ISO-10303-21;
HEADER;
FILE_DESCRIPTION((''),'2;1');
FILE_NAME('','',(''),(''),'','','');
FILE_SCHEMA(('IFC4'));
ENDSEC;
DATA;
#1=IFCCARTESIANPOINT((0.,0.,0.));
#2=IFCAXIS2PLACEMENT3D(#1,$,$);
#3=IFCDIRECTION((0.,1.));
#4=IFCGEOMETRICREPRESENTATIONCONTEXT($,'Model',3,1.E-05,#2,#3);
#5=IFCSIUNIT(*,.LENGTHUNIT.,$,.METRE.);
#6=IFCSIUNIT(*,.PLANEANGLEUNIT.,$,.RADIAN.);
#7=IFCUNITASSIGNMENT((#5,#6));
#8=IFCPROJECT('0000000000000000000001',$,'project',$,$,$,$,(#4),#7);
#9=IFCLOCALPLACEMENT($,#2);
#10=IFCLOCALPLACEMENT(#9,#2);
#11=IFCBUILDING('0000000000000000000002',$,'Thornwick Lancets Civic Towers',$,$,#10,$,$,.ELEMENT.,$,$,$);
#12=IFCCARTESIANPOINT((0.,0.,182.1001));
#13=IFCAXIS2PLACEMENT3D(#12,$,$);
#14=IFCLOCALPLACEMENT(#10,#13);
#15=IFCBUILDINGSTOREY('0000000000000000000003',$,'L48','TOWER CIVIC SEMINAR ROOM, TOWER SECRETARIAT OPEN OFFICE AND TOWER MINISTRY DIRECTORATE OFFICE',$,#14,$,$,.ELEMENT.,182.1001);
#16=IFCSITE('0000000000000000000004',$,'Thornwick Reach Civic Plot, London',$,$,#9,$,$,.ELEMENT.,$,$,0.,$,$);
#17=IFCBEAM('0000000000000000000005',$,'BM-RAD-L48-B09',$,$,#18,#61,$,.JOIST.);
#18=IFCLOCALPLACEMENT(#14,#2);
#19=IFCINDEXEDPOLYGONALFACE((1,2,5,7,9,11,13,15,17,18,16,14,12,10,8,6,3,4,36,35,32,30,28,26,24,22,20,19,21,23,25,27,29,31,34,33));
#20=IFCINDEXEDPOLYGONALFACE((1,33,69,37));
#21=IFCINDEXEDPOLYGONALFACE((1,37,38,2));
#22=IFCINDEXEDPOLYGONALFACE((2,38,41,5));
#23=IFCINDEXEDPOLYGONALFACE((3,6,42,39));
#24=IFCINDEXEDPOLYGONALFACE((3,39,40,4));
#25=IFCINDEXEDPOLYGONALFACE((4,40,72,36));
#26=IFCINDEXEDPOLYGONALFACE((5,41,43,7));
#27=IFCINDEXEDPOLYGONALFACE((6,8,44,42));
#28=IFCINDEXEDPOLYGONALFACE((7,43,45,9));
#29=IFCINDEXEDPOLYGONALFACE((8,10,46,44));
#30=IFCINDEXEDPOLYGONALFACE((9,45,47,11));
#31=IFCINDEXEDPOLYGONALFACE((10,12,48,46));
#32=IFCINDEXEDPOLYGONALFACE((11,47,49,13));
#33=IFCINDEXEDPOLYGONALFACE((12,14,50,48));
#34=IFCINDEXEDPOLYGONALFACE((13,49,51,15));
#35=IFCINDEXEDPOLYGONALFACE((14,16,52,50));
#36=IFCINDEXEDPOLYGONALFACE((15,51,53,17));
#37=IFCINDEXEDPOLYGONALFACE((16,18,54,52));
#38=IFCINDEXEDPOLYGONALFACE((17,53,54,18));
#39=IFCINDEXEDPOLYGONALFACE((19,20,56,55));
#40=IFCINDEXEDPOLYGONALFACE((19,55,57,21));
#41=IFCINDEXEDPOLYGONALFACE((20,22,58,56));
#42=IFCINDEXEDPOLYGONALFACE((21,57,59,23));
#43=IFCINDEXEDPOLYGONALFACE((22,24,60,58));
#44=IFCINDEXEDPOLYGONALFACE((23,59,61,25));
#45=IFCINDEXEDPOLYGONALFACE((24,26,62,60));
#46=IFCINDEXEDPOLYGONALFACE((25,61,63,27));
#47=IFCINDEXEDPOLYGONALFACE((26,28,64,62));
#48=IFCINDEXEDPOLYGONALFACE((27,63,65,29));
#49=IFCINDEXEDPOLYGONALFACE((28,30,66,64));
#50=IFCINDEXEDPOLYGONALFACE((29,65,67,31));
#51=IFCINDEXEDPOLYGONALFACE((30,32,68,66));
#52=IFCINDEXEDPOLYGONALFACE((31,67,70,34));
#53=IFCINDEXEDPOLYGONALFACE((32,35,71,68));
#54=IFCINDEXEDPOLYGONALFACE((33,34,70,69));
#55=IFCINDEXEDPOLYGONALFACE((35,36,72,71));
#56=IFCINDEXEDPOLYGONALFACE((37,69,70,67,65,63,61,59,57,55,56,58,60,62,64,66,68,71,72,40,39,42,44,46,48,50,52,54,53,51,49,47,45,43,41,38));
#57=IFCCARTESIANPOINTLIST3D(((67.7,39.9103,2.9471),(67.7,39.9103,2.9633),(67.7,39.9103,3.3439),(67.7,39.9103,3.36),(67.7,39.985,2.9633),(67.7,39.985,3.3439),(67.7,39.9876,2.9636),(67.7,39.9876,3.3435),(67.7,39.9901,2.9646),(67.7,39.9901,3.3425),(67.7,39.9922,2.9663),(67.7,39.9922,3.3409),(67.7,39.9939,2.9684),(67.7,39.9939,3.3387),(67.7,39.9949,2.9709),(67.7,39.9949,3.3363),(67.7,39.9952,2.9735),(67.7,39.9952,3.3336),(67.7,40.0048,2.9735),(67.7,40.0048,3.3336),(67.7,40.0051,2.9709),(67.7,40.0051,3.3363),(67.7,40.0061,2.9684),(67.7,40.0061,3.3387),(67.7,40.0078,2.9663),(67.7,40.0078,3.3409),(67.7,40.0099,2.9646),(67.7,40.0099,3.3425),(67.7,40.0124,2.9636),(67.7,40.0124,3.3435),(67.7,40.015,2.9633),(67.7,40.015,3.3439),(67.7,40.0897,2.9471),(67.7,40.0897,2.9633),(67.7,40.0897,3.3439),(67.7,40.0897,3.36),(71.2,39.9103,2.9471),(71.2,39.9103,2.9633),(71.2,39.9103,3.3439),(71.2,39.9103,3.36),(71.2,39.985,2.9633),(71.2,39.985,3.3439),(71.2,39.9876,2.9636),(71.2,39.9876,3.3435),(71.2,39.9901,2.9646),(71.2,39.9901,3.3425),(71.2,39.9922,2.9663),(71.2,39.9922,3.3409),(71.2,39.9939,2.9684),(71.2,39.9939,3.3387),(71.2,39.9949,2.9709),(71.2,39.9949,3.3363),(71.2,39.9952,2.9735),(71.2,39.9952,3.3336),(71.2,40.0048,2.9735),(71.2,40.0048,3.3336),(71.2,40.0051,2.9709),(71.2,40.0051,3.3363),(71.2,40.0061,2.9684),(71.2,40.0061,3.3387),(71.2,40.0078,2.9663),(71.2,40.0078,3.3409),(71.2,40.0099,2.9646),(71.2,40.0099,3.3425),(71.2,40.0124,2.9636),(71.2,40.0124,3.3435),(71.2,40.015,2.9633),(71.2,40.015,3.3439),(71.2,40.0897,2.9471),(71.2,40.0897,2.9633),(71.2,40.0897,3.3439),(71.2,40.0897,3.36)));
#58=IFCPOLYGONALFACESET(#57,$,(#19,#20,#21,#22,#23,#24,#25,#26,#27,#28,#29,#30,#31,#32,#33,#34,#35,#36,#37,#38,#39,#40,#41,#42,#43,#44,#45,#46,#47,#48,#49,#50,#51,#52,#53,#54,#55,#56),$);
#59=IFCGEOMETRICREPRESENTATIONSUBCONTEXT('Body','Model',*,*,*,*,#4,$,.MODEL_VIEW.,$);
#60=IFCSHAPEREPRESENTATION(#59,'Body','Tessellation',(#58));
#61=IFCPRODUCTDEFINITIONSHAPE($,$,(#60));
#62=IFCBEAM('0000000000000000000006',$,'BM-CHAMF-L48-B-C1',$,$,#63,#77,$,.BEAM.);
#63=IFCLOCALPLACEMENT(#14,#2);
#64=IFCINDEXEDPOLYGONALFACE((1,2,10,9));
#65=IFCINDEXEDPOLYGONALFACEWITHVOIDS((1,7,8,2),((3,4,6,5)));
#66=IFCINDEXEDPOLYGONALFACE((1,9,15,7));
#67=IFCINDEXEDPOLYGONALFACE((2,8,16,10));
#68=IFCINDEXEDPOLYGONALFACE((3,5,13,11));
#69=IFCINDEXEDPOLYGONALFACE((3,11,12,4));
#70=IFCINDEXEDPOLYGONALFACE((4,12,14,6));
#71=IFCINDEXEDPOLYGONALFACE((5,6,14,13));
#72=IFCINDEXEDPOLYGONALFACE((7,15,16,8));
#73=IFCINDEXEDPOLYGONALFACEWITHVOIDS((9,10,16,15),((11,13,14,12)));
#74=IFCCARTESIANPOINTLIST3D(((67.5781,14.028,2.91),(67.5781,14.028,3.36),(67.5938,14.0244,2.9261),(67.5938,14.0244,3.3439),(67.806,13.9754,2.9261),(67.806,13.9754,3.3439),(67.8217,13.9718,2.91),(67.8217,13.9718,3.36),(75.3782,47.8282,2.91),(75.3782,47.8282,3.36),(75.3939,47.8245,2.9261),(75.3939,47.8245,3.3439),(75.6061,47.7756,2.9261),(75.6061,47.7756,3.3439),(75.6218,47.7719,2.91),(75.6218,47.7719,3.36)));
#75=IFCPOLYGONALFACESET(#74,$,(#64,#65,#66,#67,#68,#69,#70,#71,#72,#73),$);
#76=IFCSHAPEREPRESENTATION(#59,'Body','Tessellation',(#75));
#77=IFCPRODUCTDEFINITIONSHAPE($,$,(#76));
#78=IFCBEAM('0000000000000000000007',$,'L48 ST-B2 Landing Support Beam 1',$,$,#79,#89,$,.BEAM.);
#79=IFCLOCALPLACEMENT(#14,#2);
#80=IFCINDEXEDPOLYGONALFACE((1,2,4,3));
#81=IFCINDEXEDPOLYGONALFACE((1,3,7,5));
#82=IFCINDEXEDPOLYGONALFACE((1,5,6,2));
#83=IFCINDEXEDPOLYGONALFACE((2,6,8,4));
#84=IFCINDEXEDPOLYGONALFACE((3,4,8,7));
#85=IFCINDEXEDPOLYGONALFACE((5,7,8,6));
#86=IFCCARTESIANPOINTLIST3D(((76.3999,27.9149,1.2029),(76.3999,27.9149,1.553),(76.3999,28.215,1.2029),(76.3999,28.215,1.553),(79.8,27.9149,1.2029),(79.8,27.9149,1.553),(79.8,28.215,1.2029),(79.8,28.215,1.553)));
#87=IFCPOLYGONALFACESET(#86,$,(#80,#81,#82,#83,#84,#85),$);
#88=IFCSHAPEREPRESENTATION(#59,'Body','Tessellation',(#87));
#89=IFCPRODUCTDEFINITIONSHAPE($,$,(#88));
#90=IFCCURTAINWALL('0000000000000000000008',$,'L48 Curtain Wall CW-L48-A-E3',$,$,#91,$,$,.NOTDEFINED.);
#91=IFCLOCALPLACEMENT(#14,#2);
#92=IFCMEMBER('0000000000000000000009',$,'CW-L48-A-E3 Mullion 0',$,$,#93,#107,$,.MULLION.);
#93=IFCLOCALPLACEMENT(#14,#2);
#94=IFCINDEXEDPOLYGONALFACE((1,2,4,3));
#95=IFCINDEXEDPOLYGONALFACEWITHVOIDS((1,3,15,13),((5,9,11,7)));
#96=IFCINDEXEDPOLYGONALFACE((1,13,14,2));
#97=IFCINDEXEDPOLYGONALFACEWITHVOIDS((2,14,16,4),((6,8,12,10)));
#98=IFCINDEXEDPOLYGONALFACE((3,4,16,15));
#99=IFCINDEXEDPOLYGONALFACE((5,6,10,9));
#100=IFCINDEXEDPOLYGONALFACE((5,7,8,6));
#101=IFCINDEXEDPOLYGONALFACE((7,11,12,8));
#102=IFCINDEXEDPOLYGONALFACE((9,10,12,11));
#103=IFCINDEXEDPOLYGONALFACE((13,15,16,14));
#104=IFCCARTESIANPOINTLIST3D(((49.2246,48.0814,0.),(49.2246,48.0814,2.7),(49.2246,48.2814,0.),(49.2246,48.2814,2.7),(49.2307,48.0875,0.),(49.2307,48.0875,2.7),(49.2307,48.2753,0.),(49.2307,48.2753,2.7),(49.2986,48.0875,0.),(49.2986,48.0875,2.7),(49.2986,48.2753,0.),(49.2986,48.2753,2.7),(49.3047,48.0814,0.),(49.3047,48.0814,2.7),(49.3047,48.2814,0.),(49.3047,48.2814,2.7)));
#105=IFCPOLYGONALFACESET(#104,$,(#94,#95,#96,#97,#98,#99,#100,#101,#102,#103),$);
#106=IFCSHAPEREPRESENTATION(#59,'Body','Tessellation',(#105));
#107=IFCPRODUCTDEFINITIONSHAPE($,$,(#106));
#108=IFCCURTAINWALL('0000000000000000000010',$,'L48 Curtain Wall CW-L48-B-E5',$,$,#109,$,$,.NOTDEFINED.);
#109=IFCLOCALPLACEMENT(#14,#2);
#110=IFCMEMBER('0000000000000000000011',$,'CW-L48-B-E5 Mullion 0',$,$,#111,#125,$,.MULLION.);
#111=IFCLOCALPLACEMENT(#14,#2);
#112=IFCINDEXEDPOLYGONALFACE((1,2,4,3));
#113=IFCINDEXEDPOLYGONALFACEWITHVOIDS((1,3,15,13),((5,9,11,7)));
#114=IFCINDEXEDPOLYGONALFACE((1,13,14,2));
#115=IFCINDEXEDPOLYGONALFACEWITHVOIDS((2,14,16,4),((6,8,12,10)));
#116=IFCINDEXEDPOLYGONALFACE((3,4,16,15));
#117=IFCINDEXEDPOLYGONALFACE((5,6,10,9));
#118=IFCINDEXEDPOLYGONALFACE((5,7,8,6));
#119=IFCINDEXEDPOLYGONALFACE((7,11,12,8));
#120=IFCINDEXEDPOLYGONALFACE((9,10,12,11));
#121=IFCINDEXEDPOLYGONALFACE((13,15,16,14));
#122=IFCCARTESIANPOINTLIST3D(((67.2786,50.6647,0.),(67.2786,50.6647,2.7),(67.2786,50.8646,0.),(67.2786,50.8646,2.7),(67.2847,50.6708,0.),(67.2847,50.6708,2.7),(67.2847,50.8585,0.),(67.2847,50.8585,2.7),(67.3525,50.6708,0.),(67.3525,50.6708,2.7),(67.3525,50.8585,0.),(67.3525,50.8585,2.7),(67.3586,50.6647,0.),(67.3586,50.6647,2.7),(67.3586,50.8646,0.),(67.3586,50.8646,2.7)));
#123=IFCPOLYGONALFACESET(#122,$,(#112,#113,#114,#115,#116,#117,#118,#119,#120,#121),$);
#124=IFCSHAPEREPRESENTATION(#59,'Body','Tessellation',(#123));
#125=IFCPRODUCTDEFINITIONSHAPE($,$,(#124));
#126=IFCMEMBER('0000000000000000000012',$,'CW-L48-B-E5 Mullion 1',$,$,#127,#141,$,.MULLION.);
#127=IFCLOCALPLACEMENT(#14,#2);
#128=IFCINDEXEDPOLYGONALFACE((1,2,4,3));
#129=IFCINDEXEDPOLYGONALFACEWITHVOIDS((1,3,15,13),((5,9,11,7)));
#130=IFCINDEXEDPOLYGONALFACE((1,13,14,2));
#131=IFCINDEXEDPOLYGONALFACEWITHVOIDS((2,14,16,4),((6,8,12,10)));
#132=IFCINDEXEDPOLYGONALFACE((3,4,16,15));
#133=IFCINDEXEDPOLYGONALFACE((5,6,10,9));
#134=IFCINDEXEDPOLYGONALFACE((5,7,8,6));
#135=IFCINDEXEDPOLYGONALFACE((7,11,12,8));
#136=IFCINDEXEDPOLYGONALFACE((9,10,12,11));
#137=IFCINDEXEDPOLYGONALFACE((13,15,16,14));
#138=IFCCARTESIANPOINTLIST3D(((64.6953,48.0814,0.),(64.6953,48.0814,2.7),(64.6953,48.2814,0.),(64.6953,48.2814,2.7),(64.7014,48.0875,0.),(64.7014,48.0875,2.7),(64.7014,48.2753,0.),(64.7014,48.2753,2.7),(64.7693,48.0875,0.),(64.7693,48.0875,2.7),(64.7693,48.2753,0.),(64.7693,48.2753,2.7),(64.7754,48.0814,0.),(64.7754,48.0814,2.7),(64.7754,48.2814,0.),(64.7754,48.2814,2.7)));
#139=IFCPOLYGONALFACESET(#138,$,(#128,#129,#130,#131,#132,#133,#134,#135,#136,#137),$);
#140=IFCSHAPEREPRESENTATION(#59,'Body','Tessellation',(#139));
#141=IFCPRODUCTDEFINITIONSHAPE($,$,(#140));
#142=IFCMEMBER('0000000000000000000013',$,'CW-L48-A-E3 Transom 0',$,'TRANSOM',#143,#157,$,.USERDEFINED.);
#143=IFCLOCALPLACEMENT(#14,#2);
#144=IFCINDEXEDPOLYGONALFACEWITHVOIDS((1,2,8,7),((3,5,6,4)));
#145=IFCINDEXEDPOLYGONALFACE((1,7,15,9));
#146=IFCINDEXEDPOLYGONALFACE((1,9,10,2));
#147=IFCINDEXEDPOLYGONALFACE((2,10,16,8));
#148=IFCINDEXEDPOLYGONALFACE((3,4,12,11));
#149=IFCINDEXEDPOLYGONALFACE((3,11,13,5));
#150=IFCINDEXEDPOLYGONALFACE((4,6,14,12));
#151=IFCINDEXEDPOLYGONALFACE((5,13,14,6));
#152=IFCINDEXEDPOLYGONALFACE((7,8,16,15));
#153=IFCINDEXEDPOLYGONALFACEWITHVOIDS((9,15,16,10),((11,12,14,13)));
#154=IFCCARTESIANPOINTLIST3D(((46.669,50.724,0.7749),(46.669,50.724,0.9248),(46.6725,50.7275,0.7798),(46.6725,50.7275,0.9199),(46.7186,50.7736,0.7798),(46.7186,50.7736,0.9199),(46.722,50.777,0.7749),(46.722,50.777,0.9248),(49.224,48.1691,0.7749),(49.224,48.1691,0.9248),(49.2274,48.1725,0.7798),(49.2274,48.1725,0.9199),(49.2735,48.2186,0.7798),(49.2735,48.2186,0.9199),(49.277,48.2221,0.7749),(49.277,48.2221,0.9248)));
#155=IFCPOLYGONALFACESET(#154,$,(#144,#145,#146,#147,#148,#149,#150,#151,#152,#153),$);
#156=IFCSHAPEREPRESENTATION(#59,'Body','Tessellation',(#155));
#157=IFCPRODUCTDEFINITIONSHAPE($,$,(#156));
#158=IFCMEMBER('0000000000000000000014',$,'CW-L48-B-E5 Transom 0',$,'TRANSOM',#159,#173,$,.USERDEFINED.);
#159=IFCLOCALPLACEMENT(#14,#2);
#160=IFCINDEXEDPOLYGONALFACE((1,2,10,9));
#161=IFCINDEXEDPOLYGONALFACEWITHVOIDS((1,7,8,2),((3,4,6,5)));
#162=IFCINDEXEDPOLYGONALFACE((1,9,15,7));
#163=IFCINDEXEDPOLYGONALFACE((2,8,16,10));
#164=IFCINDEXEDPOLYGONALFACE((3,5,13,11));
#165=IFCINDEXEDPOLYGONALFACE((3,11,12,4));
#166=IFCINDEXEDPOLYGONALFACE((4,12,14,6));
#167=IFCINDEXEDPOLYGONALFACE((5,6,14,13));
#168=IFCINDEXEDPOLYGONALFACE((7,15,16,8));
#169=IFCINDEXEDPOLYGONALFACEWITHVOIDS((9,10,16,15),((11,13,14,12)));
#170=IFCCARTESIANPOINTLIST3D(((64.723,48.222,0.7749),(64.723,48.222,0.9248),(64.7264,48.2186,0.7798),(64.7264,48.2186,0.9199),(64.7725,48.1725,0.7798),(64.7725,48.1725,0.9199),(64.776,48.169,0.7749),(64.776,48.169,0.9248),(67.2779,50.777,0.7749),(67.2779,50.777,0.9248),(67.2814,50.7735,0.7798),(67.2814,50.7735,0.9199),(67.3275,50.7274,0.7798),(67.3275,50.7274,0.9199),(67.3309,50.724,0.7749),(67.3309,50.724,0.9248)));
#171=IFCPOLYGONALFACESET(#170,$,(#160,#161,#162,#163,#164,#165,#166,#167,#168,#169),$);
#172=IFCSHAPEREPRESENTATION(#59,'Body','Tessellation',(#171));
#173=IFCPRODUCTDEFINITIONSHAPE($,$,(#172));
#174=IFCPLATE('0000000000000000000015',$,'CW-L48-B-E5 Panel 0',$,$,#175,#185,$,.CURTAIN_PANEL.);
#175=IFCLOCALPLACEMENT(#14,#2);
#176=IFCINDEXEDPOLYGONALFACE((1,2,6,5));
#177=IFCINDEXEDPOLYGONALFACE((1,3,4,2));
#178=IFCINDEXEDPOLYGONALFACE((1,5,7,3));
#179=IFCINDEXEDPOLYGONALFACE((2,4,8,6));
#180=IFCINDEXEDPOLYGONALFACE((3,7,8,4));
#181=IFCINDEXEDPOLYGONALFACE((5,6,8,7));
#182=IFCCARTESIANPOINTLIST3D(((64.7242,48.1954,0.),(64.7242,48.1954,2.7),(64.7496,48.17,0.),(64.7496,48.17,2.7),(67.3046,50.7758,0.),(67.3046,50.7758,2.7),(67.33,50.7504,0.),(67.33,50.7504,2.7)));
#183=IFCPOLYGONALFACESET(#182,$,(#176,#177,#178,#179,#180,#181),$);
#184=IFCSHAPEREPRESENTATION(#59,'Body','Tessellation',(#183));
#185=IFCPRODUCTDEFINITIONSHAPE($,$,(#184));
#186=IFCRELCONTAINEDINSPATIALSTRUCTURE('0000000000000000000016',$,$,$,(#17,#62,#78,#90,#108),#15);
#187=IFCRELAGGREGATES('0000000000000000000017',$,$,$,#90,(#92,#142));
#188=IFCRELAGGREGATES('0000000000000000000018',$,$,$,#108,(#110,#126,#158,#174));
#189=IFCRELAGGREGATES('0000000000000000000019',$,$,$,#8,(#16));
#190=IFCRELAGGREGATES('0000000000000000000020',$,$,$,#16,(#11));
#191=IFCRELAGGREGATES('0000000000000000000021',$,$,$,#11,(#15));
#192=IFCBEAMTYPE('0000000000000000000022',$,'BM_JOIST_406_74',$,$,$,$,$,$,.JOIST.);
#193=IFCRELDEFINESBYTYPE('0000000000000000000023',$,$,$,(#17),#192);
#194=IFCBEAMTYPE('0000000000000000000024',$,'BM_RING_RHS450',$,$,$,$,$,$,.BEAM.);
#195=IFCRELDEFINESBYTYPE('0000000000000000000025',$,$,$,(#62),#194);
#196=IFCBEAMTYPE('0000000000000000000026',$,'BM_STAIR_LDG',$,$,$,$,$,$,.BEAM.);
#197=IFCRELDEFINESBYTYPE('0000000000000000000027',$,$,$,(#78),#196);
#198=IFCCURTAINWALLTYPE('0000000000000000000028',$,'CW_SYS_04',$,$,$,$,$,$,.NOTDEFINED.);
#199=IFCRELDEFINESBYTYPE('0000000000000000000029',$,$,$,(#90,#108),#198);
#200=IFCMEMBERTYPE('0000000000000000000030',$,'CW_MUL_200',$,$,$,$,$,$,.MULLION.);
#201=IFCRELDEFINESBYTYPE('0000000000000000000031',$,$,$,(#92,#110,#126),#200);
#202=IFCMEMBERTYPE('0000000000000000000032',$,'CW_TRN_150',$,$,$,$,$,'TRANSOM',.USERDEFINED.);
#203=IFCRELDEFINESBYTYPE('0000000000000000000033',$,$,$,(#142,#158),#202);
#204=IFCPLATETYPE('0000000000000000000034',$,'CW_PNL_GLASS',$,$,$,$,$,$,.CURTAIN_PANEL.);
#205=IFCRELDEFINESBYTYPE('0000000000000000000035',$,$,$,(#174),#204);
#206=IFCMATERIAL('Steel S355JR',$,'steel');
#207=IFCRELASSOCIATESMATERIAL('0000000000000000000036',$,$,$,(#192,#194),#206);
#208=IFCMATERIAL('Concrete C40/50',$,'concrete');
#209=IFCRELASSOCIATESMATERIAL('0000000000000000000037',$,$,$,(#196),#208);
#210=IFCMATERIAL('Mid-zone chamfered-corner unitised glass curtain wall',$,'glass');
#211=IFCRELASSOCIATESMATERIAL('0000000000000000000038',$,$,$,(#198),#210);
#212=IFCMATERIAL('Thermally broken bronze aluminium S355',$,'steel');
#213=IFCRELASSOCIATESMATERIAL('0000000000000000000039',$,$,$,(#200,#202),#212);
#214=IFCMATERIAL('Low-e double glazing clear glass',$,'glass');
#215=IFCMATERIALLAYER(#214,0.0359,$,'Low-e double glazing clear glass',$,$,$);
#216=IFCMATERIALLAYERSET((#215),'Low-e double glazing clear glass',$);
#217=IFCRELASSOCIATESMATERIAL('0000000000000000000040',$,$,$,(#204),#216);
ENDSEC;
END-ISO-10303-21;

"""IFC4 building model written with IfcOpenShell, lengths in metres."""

from ifc_helpers import new_model, si_unit, direction, frame, origin, origin_2d, place, context, subcontext, project, spatial, rectangle, hollow_rectangle, i_section, extrude, material, layer, layer_set, material_profile, profile_set, type_object, element, aggregate, save


model = new_model("IFC4")

# Units and contexts
model_context = context("Model", 3, precision=1e-05, world=origin(), true_north=direction((0.0, 1.0)))
body_context = subcontext(model_context, "Body", "Model", "MODEL_VIEW")
ifc_project = project(units=[si_unit("LENGTHUNIT", "METRE"), si_unit("PLANEANGLEUNIT", "RADIAN")], contexts=[model_context])

# Site, building, storey
site_placement = place(None, origin())
site = spatial("IfcSite", under=ifc_project, at=site_placement, Name="Thornwick Reach Civic Plot, London", CompositionType="ELEMENT", RefElevation=0.0)
building_placement = place(site_placement, origin())
building = spatial("IfcBuilding", under=site, at=building_placement, Name="Thornwick Lancets Civic Towers", CompositionType="ELEMENT")
storey_placement = place(building_placement, frame((0.0, 0.0, 182.1001)))
storey = spatial("IfcBuildingStorey", under=building, at=storey_placement, Name="L48", Description="TOWER CIVIC SEMINAR ROOM, TOWER SECRETARIAT OPEN OFFICE AND TOWER MINISTRY DIRECTORATE OFFICE", CompositionType="ELEMENT", Elevation=182.1001)

# Beams
ifc_material_1 = material(Name="Steel S355JR", Category="steel")
ifc_material_profile_1 = material_profile(ifc_material_1, i_section(OverallWidth=0.1794, OverallDepth=0.4128, WebThickness=0.0095, FlangeThickness=0.0161, FilletRadius=0.0103, at=origin_2d()), Name="UKB 406x178x74")
ifc_profile_set_1 = profile_set([ifc_material_profile_1], Name="Steel S355JR")
beam_type_1 = type_object("IfcBeamType", Name="BM_JOIST_406_74", PredefinedType="JOIST", material=ifc_profile_set_1)
for number, where, z_axis, x_axis, name in (
    (1, (71.2, 40.0, 3.1536), (-1.0, 0.0, 0.0), (0.0, -1.0, 0.0), "BM-RAD-L48-B09"),
):
    element("IfcBeam", number, at=place(storey_placement, frame(where, z_axis=z_axis, x_axis=x_axis)), inside=storey, type_object=beam_type_1, Name=name, PredefinedType="JOIST", context=body_context, shape_type="SweptSolid", body=[
        extrude(i_section(OverallWidth=0.1794, OverallDepth=0.4128, WebThickness=0.0095, FlangeThickness=0.0161, FilletRadius=0.0103, at=origin_2d()), origin(), (0.0, 0.0, 1.0), 3.5),
    ])
ifc_material_profile_2 = material_profile(ifc_material_1, hollow_rectangle(XDim=0.25, YDim=0.45, WallThickness=0.0161, at=origin_2d()), Name="RHS 450x250x16")
ifc_profile_set_2 = profile_set([ifc_material_profile_2], Name="Steel S355JR")
beam_type_2 = type_object("IfcBeamType", Name="BM_RING_RHS450", PredefinedType="BEAM", material=ifc_profile_set_2)
beam_1_placement = place(storey_placement, frame((75.5, 47.8, 3.135), z_axis=(-0.224861, -0.974391, 0.0), x_axis=(0.974391, -0.224861, 0.0)))
element("IfcBeam", 2, at=beam_1_placement, inside=storey, type_object=beam_type_2, Name="BM-CHAMF-L48-B-C1", PredefinedType="BEAM", context=body_context, shape_type="SweptSolid", body=[
    extrude(hollow_rectangle(XDim=0.25, YDim=0.45, WallThickness=0.0161, at=origin_2d()), origin(), (0.0, 0.0, 1.0), 34.6885),
])
ifc_material_2 = material(Name="Concrete C40/50", Category="concrete")
ifc_material_profile_3 = material_profile(ifc_material_2, rectangle(XDim=0.3, YDim=0.3501, at=origin_2d()), Name="RC 300x350")
ifc_profile_set_3 = profile_set([ifc_material_profile_3], Name="Concrete C40/50")
beam_type_3 = type_object("IfcBeamType", Name="BM_STAIR_LDG", PredefinedType="BEAM", material=ifc_profile_set_3)
beam_2_placement = place(storey_placement, frame((76.3999, 28.0649, 1.3779), z_axis=(1.0, 0.0, 0.0), x_axis=(0.0, 1.0, 0.0)))
element("IfcBeam", 3, at=beam_2_placement, inside=storey, type_object=beam_type_3, Name="L48 ST-B2 Landing Support Beam 1", PredefinedType="BEAM", context=body_context, shape_type="SweptSolid", body=[
    extrude(rectangle(XDim=0.3, YDim=0.3501, at=origin_2d()), origin(), (0.0, 0.0, 1.0), 3.4001),
])

# Curtain wall, member
ifc_material_3 = material(Name="Mid-zone chamfered-corner unitised glass curtain wall", Category="glass")
curtain_wall_type = type_object("IfcCurtainWallType", Name="CW_SYS_04", PredefinedType="NOTDEFINED", material=ifc_material_3)
curtain_wall_1_placement = place(storey_placement, origin())
curtain_wall_1 = element("IfcCurtainWall", 4, at=curtain_wall_1_placement, inside=storey, type_object=curtain_wall_type, Name="L48 Curtain Wall CW-L48-A-E3", PredefinedType="NOTDEFINED")
ifc_material_4 = material(Name="Thermally broken bronze aluminium S355", Category="steel")
ifc_material_profile_4 = material_profile(ifc_material_4, hollow_rectangle(XDim=0.0801, YDim=0.2, WallThickness=0.0061, at=origin_2d()), Name="RHS 200x80x6")
ifc_profile_set_4 = profile_set([ifc_material_profile_4], Name="Thermally broken bronze aluminium S355")
member_type_1 = type_object("IfcMemberType", Name="CW_MUL_200", PredefinedType="MULLION", material=ifc_profile_set_4)
member_1_placement = place(storey_placement, frame((49.2646, 48.1814, 0.0), z_axis=(0.0, 0.0, 1.0), x_axis=(1.0, 0.0, 0.0)))
member_1 = element("IfcMember", 5, at=member_1_placement, type_object=member_type_1, Name="CW-L48-A-E3 Mullion 0", PredefinedType="MULLION", context=body_context, shape_type="SweptSolid", body=[
    extrude(hollow_rectangle(XDim=0.0801, YDim=0.2, WallThickness=0.0061, at=origin_2d()), origin(), (0.0, 0.0, 1.0), 2.7),
])

# Curtain wall, members
curtain_wall_2_placement = place(storey_placement, origin())
curtain_wall_2 = element("IfcCurtainWall", 6, at=curtain_wall_2_placement, inside=storey, type_object=curtain_wall_type, Name="L48 Curtain Wall CW-L48-B-E5", PredefinedType="NOTDEFINED")
member_2_placement = place(storey_placement, frame((67.3186, 50.7646, 0.0), z_axis=(0.0, 0.0, 1.0), x_axis=(1.0, 0.0, 0.0)))
member_2 = element("IfcMember", 7, at=member_2_placement, type_object=member_type_1, Name="CW-L48-B-E5 Mullion 0", PredefinedType="MULLION", context=body_context, shape_type="SweptSolid", body=[
    extrude(hollow_rectangle(XDim=0.0801, YDim=0.2, WallThickness=0.0061, at=origin_2d()), origin(), (0.0, 0.0, 1.0), 2.7),
])
member_3_placement = place(storey_placement, frame((64.7354, 48.1814, 0.0), z_axis=(0.0, 0.0, 1.0), x_axis=(1.0, 0.0, 0.0)))
member_3 = element("IfcMember", 8, at=member_3_placement, type_object=member_type_1, Name="CW-L48-B-E5 Mullion 1", PredefinedType="MULLION", context=body_context, shape_type="SweptSolid", body=[
    extrude(hollow_rectangle(XDim=0.0801, YDim=0.2, WallThickness=0.0061, at=origin_2d()), origin(), (0.0, 0.0, 1.0), 2.7),
])

# Members
ifc_material_profile_5 = material_profile(ifc_material_4, hollow_rectangle(XDim=0.075, YDim=0.1499, WallThickness=0.0049, at=origin_2d()), Name="RHS 150x75x5")
ifc_profile_set_5 = profile_set([ifc_material_profile_5], Name="Thermally broken bronze aluminium S355")
member_type_2 = type_object("IfcMemberType", Name="CW_TRN_150", ElementType="TRANSOM", PredefinedType="USERDEFINED", material=ifc_profile_set_5)
member_4_placement = place(storey_placement, frame((49.2505, 48.1956, 0.8499), z_axis=(-0.707107, 0.707107, 0.0), x_axis=(-0.707107, -0.707107, 0.0)))
member_4 = element("IfcMember", 9, at=member_4_placement, type_object=member_type_2, Name="CW-L48-A-E3 Transom 0", ObjectType="TRANSOM", PredefinedType="USERDEFINED", context=body_context, shape_type="SweptSolid", body=[
    extrude(hollow_rectangle(XDim=0.075, YDim=0.1499, WallThickness=0.0049, at=origin_2d()), origin(), (0.0, 0.0, 1.0), 3.6133),
])
aggregate(curtain_wall_1, [member_1, member_4])
member_5_placement = place(storey_placement, frame((67.3044, 50.7505, 0.8499), z_axis=(-0.707107, -0.707107, 0.0), x_axis=(0.707107, -0.707107, 0.0)))
member_5 = element("IfcMember", 10, at=member_5_placement, type_object=member_type_2, Name="CW-L48-B-E5 Transom 0", ObjectType="TRANSOM", PredefinedType="USERDEFINED", context=body_context, shape_type="SweptSolid", body=[
    extrude(hollow_rectangle(XDim=0.075, YDim=0.1499, WallThickness=0.0049, at=origin_2d()), origin(), (0.0, 0.0, 1.0), 3.6133),
])

# Plate
ifc_material_5 = material(Name="Low-e double glazing clear glass", Category="glass")
ifc_layer_1 = layer(ifc_material_5, 0.0359, Name="Low-e double glazing clear glass")
ifc_layer_set_1 = layer_set([ifc_layer_1], Name="Low-e double glazing clear glass")
plate_type = type_object("IfcPlateType", Name="CW_PNL_GLASS", PredefinedType="CURTAIN_PANEL", material=ifc_layer_set_1)
plate_placement = place(storey_placement, frame((66.0271, 49.4729, 0.0), z_axis=(0.0, 0.0, 1.0), x_axis=(-0.707107, -0.707107, 0.0)))
plate = element("IfcPlate", 11, at=plate_placement, type_object=plate_type, Name="CW-L48-B-E5 Panel 0", PredefinedType="CURTAIN_PANEL", context=body_context, shape_type="SweptSolid", body=[
    extrude(rectangle(XDim=3.6492, YDim=0.0359, at=origin_2d()), origin(), (0.0, 0.0, 1.0), 2.7),
])
aggregate(curtain_wall_2, [member_2, member_3, member_5, plate])

save(model, "model.ifc")
